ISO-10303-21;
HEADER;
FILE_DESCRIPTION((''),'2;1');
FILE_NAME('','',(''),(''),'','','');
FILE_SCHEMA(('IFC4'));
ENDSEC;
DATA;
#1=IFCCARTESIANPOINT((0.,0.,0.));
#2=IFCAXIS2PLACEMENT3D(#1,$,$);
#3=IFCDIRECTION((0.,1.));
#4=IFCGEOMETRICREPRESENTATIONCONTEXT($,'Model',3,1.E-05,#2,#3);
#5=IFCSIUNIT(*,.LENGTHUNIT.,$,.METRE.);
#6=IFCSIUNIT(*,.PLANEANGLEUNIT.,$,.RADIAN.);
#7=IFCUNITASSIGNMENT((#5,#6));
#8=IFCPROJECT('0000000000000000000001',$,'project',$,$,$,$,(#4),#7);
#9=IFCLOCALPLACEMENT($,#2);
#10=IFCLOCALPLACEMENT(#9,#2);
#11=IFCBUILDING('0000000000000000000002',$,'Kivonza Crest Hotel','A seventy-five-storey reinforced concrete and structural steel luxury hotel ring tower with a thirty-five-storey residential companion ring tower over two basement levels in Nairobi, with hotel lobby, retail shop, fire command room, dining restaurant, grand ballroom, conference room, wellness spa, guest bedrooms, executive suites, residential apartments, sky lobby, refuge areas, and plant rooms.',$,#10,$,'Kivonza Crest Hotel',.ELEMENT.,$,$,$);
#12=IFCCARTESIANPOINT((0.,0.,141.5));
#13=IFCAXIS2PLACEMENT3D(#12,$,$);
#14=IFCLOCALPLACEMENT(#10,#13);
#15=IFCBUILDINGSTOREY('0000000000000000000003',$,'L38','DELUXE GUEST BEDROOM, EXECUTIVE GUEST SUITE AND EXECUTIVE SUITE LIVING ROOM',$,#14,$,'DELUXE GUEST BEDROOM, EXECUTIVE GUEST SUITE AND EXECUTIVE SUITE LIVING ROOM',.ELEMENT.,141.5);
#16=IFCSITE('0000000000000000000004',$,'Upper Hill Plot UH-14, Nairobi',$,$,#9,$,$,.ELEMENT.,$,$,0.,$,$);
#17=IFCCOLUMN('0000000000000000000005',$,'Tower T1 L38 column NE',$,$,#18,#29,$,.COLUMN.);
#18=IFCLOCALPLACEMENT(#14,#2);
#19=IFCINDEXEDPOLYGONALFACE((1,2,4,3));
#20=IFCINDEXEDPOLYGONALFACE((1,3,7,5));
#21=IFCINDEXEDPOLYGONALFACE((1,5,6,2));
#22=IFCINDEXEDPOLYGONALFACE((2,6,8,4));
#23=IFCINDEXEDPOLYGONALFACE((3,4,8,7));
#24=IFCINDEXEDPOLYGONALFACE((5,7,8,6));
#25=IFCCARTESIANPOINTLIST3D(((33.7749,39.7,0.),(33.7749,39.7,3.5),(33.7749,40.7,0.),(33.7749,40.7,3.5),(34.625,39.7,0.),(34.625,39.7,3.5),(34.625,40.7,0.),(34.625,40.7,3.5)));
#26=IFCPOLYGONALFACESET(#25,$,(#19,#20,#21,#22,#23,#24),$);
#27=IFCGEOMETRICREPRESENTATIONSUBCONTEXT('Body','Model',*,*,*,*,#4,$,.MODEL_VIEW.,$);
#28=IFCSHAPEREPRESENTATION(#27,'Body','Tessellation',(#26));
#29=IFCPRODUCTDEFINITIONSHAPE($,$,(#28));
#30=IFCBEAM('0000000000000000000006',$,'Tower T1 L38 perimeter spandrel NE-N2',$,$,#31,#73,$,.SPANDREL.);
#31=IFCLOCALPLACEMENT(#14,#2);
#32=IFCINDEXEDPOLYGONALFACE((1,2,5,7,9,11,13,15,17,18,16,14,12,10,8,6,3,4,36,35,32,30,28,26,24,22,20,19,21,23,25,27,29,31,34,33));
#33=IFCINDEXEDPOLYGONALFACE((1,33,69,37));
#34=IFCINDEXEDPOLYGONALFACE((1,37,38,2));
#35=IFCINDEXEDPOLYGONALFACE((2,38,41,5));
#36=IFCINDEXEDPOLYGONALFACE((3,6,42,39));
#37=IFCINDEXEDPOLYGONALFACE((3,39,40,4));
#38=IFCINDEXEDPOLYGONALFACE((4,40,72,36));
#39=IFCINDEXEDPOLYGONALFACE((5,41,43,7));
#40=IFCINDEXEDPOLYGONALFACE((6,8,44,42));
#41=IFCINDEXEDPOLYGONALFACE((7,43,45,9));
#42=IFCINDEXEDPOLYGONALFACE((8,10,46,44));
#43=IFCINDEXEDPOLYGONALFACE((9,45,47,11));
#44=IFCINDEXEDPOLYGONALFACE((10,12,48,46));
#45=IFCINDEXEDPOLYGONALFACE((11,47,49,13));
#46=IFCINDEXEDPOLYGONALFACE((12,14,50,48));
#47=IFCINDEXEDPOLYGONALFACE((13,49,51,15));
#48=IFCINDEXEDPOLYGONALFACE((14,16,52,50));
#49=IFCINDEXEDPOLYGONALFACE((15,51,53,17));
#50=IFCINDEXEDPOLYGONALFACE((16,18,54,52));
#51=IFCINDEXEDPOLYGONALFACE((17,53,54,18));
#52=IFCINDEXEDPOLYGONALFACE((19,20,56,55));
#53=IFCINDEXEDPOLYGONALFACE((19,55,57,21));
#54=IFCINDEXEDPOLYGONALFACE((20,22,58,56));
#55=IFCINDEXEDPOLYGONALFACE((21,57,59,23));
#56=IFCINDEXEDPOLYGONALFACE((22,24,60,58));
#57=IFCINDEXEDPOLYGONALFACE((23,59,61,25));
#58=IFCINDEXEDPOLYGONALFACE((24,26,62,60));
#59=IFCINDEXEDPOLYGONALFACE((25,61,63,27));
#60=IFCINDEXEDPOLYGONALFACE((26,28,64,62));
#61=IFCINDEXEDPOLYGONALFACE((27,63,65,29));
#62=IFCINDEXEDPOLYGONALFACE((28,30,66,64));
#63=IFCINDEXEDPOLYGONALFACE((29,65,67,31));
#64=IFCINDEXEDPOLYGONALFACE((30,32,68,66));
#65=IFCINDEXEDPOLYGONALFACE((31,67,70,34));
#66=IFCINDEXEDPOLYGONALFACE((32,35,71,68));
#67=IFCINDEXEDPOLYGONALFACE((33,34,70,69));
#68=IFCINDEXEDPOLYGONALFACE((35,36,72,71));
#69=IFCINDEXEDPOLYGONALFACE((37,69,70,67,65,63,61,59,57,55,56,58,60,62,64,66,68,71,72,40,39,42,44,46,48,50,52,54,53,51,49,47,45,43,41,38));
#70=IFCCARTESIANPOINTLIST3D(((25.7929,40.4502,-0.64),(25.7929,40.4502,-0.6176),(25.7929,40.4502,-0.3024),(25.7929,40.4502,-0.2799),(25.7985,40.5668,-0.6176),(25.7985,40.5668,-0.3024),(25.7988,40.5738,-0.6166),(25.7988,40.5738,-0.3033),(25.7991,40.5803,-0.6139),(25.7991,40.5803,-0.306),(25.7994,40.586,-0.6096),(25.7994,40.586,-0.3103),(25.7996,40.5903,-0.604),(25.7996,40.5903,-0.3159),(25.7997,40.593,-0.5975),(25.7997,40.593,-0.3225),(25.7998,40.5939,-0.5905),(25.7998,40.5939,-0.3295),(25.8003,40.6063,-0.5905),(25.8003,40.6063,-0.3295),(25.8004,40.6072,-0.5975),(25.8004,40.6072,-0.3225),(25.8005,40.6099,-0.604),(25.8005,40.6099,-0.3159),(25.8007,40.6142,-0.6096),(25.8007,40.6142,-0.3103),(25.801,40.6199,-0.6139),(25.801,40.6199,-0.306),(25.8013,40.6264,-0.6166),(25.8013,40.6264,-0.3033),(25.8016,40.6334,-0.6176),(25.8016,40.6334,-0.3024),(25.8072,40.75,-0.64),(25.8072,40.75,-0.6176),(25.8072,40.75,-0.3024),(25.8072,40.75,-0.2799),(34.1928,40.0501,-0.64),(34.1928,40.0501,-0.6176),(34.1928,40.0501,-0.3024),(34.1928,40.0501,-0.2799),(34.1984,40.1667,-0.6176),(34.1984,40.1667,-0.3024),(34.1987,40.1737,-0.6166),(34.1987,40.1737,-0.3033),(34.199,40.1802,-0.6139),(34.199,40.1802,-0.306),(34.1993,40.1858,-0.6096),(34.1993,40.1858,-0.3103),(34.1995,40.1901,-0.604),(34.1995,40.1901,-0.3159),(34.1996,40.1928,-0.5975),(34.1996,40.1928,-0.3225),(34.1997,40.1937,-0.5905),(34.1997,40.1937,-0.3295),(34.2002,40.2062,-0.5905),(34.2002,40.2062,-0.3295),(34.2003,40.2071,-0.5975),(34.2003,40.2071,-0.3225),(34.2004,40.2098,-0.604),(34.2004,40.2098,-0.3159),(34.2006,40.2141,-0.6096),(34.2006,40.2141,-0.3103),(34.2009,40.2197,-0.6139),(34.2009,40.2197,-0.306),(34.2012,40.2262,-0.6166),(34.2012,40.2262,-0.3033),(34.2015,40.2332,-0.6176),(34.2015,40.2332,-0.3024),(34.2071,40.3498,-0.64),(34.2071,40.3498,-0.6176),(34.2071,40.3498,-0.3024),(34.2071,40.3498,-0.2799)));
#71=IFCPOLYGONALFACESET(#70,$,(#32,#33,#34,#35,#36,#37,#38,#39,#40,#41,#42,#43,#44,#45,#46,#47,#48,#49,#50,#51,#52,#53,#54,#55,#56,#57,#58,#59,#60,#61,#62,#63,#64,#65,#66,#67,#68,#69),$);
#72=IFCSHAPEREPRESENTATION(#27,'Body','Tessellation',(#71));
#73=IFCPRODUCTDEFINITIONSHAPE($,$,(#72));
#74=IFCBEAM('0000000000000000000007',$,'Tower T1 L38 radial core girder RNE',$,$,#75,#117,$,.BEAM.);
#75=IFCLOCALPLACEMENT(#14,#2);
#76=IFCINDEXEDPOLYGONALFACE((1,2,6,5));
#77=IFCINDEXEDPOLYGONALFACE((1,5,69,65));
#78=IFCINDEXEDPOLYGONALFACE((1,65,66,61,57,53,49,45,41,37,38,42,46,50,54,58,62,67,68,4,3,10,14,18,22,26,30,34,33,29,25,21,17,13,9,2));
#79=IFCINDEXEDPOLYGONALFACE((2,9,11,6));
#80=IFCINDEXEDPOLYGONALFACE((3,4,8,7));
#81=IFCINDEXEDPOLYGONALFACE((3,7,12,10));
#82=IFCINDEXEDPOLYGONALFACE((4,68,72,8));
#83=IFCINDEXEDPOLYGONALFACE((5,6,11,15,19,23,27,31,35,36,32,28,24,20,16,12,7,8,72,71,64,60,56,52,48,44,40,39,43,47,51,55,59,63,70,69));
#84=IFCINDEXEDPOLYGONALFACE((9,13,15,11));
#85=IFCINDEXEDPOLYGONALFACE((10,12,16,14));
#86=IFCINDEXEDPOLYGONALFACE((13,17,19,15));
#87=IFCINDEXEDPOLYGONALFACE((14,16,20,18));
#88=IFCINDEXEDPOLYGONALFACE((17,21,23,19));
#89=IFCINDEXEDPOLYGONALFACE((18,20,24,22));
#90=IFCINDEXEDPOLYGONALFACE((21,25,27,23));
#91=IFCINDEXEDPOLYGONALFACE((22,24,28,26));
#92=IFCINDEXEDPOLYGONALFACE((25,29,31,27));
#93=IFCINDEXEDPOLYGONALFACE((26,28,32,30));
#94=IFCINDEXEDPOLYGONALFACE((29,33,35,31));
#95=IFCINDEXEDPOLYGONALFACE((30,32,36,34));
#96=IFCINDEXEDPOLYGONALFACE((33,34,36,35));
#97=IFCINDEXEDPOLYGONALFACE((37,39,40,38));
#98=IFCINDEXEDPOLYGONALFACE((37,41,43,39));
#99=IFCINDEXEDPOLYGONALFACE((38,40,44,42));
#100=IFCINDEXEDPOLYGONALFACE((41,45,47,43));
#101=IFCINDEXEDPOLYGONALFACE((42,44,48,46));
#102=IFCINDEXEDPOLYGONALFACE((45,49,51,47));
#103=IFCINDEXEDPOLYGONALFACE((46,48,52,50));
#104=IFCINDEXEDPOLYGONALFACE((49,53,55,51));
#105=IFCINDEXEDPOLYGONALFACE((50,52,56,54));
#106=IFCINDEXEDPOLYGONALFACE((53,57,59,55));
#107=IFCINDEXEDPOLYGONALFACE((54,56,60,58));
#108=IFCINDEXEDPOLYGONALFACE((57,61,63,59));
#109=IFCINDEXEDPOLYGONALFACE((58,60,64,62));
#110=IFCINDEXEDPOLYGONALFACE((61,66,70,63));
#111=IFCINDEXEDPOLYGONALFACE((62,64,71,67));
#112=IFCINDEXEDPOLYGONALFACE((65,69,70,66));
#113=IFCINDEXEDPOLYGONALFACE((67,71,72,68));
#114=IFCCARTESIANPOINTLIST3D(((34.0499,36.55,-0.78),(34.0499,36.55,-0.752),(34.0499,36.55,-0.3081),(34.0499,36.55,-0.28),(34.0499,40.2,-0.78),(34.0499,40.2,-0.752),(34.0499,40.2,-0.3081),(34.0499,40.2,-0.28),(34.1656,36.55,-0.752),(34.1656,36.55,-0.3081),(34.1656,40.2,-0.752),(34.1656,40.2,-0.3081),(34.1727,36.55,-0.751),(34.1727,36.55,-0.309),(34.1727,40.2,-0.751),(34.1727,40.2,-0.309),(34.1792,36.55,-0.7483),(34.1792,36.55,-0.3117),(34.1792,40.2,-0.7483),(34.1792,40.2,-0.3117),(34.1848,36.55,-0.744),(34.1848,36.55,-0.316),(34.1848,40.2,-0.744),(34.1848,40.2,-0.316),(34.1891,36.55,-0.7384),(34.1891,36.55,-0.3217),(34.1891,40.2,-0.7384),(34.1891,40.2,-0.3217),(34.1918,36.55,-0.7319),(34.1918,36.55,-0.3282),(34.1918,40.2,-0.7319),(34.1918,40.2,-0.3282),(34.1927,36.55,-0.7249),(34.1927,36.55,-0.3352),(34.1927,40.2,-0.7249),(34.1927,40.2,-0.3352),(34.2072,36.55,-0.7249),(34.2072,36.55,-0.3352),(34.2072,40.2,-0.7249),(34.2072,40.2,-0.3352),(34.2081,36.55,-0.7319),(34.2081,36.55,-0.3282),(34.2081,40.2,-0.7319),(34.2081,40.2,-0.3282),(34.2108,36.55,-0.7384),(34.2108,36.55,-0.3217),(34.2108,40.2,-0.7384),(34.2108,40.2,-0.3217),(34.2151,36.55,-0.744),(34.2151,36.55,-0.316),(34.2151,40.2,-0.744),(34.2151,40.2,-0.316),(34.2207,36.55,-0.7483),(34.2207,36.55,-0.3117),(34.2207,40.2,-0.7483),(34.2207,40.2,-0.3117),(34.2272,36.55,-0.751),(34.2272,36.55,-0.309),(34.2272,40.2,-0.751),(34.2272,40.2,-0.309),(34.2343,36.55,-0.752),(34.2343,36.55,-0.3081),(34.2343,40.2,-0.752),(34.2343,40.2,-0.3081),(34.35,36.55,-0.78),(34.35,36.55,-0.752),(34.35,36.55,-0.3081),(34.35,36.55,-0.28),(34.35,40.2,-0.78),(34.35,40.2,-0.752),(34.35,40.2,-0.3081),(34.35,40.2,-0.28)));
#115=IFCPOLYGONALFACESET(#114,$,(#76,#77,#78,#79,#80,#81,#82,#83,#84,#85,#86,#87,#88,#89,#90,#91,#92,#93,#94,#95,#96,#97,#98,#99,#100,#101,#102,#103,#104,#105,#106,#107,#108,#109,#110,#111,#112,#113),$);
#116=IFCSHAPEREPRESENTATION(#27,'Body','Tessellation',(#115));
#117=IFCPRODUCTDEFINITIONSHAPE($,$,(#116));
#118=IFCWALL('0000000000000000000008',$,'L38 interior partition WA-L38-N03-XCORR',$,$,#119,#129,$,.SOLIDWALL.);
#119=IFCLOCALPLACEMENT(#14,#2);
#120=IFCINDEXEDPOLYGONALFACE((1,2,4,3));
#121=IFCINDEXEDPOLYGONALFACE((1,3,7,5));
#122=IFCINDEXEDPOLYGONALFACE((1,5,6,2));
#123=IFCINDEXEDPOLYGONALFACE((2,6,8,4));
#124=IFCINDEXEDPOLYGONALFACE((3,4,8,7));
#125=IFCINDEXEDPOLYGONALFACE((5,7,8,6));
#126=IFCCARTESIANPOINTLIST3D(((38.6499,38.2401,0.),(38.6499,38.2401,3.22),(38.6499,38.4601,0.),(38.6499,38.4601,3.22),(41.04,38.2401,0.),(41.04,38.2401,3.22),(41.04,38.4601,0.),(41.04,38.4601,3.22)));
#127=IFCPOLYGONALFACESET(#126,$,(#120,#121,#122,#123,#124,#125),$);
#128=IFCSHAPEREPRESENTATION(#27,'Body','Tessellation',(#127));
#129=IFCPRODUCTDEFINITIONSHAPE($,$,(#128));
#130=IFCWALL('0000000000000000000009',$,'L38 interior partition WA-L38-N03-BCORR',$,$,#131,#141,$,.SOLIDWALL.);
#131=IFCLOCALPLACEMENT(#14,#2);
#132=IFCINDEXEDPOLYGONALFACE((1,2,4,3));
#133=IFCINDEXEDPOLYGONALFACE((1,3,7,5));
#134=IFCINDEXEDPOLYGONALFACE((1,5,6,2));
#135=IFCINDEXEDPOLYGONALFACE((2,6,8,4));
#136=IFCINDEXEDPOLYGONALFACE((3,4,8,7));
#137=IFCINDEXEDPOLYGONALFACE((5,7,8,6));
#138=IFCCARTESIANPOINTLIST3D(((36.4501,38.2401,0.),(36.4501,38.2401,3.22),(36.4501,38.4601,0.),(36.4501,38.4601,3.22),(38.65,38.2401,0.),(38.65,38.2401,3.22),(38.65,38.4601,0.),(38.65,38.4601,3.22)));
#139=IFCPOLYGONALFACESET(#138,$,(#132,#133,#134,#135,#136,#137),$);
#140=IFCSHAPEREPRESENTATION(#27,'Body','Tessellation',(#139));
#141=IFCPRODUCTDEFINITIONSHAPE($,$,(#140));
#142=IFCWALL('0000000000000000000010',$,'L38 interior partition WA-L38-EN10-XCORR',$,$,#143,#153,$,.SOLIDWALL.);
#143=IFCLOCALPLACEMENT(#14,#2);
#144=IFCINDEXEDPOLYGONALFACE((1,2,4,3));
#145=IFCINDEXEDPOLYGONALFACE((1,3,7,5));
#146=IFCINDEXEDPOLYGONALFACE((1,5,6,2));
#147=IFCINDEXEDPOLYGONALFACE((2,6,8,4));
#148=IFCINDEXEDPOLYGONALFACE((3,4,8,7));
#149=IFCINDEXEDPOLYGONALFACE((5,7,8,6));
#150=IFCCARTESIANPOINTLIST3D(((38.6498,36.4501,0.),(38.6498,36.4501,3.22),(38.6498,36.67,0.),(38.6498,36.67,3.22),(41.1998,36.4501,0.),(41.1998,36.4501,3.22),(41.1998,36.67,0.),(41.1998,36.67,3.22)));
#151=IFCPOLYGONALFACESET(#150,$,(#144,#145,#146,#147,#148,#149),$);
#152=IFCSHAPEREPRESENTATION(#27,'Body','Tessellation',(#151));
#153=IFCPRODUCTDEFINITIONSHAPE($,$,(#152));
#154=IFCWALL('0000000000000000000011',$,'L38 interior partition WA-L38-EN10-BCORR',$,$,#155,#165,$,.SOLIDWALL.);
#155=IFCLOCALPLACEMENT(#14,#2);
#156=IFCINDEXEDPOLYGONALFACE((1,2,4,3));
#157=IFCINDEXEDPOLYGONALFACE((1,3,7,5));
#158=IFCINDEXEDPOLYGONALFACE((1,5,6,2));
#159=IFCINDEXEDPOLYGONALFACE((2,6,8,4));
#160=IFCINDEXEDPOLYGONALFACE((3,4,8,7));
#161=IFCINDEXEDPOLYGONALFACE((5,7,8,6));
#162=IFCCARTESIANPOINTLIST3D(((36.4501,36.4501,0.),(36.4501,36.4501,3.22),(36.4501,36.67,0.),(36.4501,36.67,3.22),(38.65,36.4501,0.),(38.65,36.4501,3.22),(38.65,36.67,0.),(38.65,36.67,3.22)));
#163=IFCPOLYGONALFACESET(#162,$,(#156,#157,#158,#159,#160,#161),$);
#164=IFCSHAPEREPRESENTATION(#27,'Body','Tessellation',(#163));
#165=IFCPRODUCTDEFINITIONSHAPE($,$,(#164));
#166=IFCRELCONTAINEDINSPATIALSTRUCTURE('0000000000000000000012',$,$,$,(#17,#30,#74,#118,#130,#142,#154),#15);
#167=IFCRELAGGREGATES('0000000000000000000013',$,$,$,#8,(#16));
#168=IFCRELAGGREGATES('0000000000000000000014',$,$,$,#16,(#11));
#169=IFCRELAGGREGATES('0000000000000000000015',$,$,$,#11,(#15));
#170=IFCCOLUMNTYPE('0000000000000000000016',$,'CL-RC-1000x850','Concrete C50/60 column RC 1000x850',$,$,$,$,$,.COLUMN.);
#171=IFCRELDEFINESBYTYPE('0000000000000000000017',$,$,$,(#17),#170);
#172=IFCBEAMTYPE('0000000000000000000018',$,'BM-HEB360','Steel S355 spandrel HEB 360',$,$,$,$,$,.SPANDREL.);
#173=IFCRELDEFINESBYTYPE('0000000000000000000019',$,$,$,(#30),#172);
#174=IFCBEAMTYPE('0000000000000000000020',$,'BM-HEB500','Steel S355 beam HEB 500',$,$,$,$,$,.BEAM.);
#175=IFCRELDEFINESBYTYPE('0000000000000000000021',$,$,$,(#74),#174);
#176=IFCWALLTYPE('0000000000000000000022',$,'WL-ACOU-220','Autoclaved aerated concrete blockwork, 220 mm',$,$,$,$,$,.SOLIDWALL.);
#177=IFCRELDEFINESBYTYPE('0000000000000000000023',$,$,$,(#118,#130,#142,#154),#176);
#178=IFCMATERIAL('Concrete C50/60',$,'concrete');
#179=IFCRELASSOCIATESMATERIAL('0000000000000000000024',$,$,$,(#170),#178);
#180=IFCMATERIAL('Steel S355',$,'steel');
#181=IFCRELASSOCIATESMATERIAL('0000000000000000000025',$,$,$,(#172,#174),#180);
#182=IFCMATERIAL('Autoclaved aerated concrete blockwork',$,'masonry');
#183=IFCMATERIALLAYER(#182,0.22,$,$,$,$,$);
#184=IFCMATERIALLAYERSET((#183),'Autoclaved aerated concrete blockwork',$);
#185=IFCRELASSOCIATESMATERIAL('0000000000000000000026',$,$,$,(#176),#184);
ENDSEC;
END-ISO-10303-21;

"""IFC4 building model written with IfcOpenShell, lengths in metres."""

from ifc_helpers import new_model, si_unit, direction, frame, frame_2d, origin, origin_2d, place, context, subcontext, project, spatial, rectangle, i_section, extrude, material, layer, layer_set, material_profile, profile_set, type_object, element, save


model = new_model("IFC4")

# Units and contexts
model_context = context("Model", 3, precision=1e-05, world=origin(), true_north=direction((0.0, 1.0)))
body_context = subcontext(model_context, "Body", "Model", "MODEL_VIEW")
ifc_project = project(units=[si_unit("LENGTHUNIT", "METRE"), si_unit("PLANEANGLEUNIT", "RADIAN")], contexts=[model_context])

# Site, building, storey
site_placement = place(None, origin())
site = spatial("IfcSite", under=ifc_project, at=site_placement, Name="Upper Hill Plot UH-14, Nairobi", CompositionType="ELEMENT", RefElevation=0.0)
building_placement = place(site_placement, origin())
building = spatial("IfcBuilding", under=site, at=building_placement, Name="Kivonza Crest Hotel", Description="A seventy-five-storey reinforced concrete and structural steel luxury hotel ring tower with a thirty-five-storey residential companion ring tower over two basement levels in Nairobi, with hotel lobby, retail shop, fire command room, dining restaurant, grand ballroom, conference room, wellness spa, guest bedrooms, executive suites, residential apartments, sky lobby, refuge areas, and plant rooms.", LongName="Kivonza Crest Hotel", CompositionType="ELEMENT")
storey_placement = place(building_placement, frame((0.0, 0.0, 141.5)))
storey = spatial("IfcBuildingStorey", under=building, at=storey_placement, Name="L38", Description="DELUXE GUEST BEDROOM, EXECUTIVE GUEST SUITE AND EXECUTIVE SUITE LIVING ROOM", LongName="DELUXE GUEST BEDROOM, EXECUTIVE GUEST SUITE AND EXECUTIVE SUITE LIVING ROOM", CompositionType="ELEMENT", Elevation=141.5)

# Column
ifc_material_1 = material(Name="Concrete C50/60", Category="concrete")
ifc_material_profile_1 = material_profile(ifc_material_1, rectangle(XDim=0.8501, YDim=1.0, at=origin_2d()), Name="RC 1000x850")
ifc_profile_set_1 = profile_set([ifc_material_profile_1], Name="Concrete C50/60")
column_type = type_object("IfcColumnType", Name="CL-RC-1000x850", Description="Concrete C50/60 column RC 1000x850", PredefinedType="COLUMN", material=ifc_profile_set_1)
column_placement = place(storey_placement, frame((34.2, 40.2, 0.0), z_axis=(0.0, 0.0, 1.0), x_axis=(1.0, 0.0, 0.0)))
element("IfcColumn", 1, at=column_placement, inside=storey, type_object=column_type, Name="Tower T1 L38 column NE", PredefinedType="COLUMN", context=body_context, shape_type="SweptSolid", body=[
    extrude(rectangle(XDim=0.8501, YDim=1.0, at=origin_2d()), origin(), (0.0, 0.0, 1.0), 3.5),
])

# Beams
ifc_material_2 = material(Name="Steel S355", Category="steel")
ifc_material_profile_2 = material_profile(ifc_material_2, i_section(OverallWidth=0.3, OverallDepth=0.3601, WebThickness=0.0125, FlangeThickness=0.0225, FilletRadius=0.0271, at=origin_2d()), Name="HEB 360")
ifc_profile_set_2 = profile_set([ifc_material_profile_2], Name="Steel S355")
beam_type_1 = type_object("IfcBeamType", Name="BM-HEB360", Description="Steel S355 spandrel HEB 360", PredefinedType="SPANDREL", material=ifc_profile_set_2)
beam_1_placement = place(storey_placement, frame((34.2, 40.2, -0.46), z_axis=(-0.998867, 0.047583, 0.0), x_axis=(-0.047583, -0.998867, 0.0)))
element("IfcBeam", 2, at=beam_1_placement, inside=storey, type_object=beam_type_1, Name="Tower T1 L38 perimeter spandrel NE-N2", PredefinedType="SPANDREL", context=body_context, shape_type="SweptSolid", body=[
    extrude(i_section(OverallWidth=0.3, OverallDepth=0.3601, WebThickness=0.0125, FlangeThickness=0.0225, FilletRadius=0.0271, at=origin_2d()), origin(), (0.0, 0.0, 1.0), 8.4094),
])
ifc_material_profile_3 = material_profile(ifc_material_2, i_section(OverallWidth=0.3, OverallDepth=0.5, WebThickness=0.0144, FlangeThickness=0.0281, FilletRadius=0.0271, at=origin_2d()), Name="HEB 500")
ifc_profile_set_3 = profile_set([ifc_material_profile_3], Name="Steel S355")
beam_type_2 = type_object("IfcBeamType", Name="BM-HEB500", Description="Steel S355 beam HEB 500", PredefinedType="BEAM", material=ifc_profile_set_3)
beam_2_placement = place(storey_placement, frame((34.2, 40.2, -0.53), z_axis=(0.0, -1.0, 0.0), x_axis=(1.0, 0.0, 0.0)))
element("IfcBeam", 3, at=beam_2_placement, inside=storey, type_object=beam_type_2, Name="Tower T1 L38 radial core girder RNE", PredefinedType="BEAM", context=body_context, shape_type="SweptSolid", body=[
    extrude(i_section(OverallWidth=0.3, OverallDepth=0.5, WebThickness=0.0144, FlangeThickness=0.0281, FilletRadius=0.0271, at=origin_2d()), origin(), (0.0, 0.0, 1.0), 3.6499),
])

# Walls
ifc_material_3 = material(Name="Autoclaved aerated concrete blockwork", Category="masonry")
ifc_layer_1 = layer(ifc_material_3, 0.22)
ifc_layer_set_1 = layer_set([ifc_layer_1], Name="Autoclaved aerated concrete blockwork")
wall_type_1 = type_object("IfcWallType", Name="WL-ACOU-220", Description="Autoclaved aerated concrete blockwork, 220 mm", PredefinedType="SOLIDWALL", material=ifc_layer_set_1)
wall_1_placement = place(storey_placement, frame((38.6499, 38.3501, 0.0), z_axis=(0.0, 0.0, 1.0), x_axis=(1.0, 0.0, 0.0)))
element("IfcWall", 4, at=wall_1_placement, inside=storey, type_object=wall_type_1, Name="L38 interior partition WA-L38-N03-XCORR", PredefinedType="SOLIDWALL", context=body_context, shape_type="SweptSolid", body=[
    extrude(rectangle(XDim=2.3901, YDim=0.22, at=frame_2d((1.1951, 0.0))), origin(), (0.0, 0.0, 1.0), 3.22),
])
wall_2_placement = place(storey_placement, frame((36.45, 38.3501, 0.0), z_axis=(0.0, 0.0, 1.0), x_axis=(1.0, 0.0, 0.0)))
element("IfcWall", 5, at=wall_2_placement, inside=storey, type_object=wall_type_1, Name="L38 interior partition WA-L38-N03-BCORR", PredefinedType="SOLIDWALL", context=body_context, shape_type="SweptSolid", body=[
    extrude(rectangle(XDim=2.2, YDim=0.22, at=frame_2d((1.1001, 0.0))), origin(), (0.0, 0.0, 1.0), 3.22),
])
wall_3_placement = place(storey_placement, frame((38.6499, 36.5601, 0.0), z_axis=(0.0, 0.0, 1.0), x_axis=(1.0, 0.0, 0.0)))
element("IfcWall", 6, at=wall_3_placement, inside=storey, type_object=wall_type_1, Name="L38 interior partition WA-L38-EN10-XCORR", PredefinedType="SOLIDWALL", context=body_context, shape_type="SweptSolid", body=[
    extrude(rectangle(XDim=2.55, YDim=0.22, at=frame_2d((1.2749, 0.0))), origin(), (0.0, 0.0, 1.0), 3.22),
])
wall_4_placement = place(storey_placement, frame((36.45, 36.5601, 0.0), z_axis=(0.0, 0.0, 1.0), x_axis=(1.0, 0.0, 0.0)))
element("IfcWall", 7, at=wall_4_placement, inside=storey, type_object=wall_type_1, Name="L38 interior partition WA-L38-EN10-BCORR", PredefinedType="SOLIDWALL", context=body_context, shape_type="SweptSolid", body=[
    extrude(rectangle(XDim=2.2, YDim=0.22, at=frame_2d((1.1001, 0.0))), origin(), (0.0, 0.0, 1.0), 3.22),
])

save(model, "model.ifc")
